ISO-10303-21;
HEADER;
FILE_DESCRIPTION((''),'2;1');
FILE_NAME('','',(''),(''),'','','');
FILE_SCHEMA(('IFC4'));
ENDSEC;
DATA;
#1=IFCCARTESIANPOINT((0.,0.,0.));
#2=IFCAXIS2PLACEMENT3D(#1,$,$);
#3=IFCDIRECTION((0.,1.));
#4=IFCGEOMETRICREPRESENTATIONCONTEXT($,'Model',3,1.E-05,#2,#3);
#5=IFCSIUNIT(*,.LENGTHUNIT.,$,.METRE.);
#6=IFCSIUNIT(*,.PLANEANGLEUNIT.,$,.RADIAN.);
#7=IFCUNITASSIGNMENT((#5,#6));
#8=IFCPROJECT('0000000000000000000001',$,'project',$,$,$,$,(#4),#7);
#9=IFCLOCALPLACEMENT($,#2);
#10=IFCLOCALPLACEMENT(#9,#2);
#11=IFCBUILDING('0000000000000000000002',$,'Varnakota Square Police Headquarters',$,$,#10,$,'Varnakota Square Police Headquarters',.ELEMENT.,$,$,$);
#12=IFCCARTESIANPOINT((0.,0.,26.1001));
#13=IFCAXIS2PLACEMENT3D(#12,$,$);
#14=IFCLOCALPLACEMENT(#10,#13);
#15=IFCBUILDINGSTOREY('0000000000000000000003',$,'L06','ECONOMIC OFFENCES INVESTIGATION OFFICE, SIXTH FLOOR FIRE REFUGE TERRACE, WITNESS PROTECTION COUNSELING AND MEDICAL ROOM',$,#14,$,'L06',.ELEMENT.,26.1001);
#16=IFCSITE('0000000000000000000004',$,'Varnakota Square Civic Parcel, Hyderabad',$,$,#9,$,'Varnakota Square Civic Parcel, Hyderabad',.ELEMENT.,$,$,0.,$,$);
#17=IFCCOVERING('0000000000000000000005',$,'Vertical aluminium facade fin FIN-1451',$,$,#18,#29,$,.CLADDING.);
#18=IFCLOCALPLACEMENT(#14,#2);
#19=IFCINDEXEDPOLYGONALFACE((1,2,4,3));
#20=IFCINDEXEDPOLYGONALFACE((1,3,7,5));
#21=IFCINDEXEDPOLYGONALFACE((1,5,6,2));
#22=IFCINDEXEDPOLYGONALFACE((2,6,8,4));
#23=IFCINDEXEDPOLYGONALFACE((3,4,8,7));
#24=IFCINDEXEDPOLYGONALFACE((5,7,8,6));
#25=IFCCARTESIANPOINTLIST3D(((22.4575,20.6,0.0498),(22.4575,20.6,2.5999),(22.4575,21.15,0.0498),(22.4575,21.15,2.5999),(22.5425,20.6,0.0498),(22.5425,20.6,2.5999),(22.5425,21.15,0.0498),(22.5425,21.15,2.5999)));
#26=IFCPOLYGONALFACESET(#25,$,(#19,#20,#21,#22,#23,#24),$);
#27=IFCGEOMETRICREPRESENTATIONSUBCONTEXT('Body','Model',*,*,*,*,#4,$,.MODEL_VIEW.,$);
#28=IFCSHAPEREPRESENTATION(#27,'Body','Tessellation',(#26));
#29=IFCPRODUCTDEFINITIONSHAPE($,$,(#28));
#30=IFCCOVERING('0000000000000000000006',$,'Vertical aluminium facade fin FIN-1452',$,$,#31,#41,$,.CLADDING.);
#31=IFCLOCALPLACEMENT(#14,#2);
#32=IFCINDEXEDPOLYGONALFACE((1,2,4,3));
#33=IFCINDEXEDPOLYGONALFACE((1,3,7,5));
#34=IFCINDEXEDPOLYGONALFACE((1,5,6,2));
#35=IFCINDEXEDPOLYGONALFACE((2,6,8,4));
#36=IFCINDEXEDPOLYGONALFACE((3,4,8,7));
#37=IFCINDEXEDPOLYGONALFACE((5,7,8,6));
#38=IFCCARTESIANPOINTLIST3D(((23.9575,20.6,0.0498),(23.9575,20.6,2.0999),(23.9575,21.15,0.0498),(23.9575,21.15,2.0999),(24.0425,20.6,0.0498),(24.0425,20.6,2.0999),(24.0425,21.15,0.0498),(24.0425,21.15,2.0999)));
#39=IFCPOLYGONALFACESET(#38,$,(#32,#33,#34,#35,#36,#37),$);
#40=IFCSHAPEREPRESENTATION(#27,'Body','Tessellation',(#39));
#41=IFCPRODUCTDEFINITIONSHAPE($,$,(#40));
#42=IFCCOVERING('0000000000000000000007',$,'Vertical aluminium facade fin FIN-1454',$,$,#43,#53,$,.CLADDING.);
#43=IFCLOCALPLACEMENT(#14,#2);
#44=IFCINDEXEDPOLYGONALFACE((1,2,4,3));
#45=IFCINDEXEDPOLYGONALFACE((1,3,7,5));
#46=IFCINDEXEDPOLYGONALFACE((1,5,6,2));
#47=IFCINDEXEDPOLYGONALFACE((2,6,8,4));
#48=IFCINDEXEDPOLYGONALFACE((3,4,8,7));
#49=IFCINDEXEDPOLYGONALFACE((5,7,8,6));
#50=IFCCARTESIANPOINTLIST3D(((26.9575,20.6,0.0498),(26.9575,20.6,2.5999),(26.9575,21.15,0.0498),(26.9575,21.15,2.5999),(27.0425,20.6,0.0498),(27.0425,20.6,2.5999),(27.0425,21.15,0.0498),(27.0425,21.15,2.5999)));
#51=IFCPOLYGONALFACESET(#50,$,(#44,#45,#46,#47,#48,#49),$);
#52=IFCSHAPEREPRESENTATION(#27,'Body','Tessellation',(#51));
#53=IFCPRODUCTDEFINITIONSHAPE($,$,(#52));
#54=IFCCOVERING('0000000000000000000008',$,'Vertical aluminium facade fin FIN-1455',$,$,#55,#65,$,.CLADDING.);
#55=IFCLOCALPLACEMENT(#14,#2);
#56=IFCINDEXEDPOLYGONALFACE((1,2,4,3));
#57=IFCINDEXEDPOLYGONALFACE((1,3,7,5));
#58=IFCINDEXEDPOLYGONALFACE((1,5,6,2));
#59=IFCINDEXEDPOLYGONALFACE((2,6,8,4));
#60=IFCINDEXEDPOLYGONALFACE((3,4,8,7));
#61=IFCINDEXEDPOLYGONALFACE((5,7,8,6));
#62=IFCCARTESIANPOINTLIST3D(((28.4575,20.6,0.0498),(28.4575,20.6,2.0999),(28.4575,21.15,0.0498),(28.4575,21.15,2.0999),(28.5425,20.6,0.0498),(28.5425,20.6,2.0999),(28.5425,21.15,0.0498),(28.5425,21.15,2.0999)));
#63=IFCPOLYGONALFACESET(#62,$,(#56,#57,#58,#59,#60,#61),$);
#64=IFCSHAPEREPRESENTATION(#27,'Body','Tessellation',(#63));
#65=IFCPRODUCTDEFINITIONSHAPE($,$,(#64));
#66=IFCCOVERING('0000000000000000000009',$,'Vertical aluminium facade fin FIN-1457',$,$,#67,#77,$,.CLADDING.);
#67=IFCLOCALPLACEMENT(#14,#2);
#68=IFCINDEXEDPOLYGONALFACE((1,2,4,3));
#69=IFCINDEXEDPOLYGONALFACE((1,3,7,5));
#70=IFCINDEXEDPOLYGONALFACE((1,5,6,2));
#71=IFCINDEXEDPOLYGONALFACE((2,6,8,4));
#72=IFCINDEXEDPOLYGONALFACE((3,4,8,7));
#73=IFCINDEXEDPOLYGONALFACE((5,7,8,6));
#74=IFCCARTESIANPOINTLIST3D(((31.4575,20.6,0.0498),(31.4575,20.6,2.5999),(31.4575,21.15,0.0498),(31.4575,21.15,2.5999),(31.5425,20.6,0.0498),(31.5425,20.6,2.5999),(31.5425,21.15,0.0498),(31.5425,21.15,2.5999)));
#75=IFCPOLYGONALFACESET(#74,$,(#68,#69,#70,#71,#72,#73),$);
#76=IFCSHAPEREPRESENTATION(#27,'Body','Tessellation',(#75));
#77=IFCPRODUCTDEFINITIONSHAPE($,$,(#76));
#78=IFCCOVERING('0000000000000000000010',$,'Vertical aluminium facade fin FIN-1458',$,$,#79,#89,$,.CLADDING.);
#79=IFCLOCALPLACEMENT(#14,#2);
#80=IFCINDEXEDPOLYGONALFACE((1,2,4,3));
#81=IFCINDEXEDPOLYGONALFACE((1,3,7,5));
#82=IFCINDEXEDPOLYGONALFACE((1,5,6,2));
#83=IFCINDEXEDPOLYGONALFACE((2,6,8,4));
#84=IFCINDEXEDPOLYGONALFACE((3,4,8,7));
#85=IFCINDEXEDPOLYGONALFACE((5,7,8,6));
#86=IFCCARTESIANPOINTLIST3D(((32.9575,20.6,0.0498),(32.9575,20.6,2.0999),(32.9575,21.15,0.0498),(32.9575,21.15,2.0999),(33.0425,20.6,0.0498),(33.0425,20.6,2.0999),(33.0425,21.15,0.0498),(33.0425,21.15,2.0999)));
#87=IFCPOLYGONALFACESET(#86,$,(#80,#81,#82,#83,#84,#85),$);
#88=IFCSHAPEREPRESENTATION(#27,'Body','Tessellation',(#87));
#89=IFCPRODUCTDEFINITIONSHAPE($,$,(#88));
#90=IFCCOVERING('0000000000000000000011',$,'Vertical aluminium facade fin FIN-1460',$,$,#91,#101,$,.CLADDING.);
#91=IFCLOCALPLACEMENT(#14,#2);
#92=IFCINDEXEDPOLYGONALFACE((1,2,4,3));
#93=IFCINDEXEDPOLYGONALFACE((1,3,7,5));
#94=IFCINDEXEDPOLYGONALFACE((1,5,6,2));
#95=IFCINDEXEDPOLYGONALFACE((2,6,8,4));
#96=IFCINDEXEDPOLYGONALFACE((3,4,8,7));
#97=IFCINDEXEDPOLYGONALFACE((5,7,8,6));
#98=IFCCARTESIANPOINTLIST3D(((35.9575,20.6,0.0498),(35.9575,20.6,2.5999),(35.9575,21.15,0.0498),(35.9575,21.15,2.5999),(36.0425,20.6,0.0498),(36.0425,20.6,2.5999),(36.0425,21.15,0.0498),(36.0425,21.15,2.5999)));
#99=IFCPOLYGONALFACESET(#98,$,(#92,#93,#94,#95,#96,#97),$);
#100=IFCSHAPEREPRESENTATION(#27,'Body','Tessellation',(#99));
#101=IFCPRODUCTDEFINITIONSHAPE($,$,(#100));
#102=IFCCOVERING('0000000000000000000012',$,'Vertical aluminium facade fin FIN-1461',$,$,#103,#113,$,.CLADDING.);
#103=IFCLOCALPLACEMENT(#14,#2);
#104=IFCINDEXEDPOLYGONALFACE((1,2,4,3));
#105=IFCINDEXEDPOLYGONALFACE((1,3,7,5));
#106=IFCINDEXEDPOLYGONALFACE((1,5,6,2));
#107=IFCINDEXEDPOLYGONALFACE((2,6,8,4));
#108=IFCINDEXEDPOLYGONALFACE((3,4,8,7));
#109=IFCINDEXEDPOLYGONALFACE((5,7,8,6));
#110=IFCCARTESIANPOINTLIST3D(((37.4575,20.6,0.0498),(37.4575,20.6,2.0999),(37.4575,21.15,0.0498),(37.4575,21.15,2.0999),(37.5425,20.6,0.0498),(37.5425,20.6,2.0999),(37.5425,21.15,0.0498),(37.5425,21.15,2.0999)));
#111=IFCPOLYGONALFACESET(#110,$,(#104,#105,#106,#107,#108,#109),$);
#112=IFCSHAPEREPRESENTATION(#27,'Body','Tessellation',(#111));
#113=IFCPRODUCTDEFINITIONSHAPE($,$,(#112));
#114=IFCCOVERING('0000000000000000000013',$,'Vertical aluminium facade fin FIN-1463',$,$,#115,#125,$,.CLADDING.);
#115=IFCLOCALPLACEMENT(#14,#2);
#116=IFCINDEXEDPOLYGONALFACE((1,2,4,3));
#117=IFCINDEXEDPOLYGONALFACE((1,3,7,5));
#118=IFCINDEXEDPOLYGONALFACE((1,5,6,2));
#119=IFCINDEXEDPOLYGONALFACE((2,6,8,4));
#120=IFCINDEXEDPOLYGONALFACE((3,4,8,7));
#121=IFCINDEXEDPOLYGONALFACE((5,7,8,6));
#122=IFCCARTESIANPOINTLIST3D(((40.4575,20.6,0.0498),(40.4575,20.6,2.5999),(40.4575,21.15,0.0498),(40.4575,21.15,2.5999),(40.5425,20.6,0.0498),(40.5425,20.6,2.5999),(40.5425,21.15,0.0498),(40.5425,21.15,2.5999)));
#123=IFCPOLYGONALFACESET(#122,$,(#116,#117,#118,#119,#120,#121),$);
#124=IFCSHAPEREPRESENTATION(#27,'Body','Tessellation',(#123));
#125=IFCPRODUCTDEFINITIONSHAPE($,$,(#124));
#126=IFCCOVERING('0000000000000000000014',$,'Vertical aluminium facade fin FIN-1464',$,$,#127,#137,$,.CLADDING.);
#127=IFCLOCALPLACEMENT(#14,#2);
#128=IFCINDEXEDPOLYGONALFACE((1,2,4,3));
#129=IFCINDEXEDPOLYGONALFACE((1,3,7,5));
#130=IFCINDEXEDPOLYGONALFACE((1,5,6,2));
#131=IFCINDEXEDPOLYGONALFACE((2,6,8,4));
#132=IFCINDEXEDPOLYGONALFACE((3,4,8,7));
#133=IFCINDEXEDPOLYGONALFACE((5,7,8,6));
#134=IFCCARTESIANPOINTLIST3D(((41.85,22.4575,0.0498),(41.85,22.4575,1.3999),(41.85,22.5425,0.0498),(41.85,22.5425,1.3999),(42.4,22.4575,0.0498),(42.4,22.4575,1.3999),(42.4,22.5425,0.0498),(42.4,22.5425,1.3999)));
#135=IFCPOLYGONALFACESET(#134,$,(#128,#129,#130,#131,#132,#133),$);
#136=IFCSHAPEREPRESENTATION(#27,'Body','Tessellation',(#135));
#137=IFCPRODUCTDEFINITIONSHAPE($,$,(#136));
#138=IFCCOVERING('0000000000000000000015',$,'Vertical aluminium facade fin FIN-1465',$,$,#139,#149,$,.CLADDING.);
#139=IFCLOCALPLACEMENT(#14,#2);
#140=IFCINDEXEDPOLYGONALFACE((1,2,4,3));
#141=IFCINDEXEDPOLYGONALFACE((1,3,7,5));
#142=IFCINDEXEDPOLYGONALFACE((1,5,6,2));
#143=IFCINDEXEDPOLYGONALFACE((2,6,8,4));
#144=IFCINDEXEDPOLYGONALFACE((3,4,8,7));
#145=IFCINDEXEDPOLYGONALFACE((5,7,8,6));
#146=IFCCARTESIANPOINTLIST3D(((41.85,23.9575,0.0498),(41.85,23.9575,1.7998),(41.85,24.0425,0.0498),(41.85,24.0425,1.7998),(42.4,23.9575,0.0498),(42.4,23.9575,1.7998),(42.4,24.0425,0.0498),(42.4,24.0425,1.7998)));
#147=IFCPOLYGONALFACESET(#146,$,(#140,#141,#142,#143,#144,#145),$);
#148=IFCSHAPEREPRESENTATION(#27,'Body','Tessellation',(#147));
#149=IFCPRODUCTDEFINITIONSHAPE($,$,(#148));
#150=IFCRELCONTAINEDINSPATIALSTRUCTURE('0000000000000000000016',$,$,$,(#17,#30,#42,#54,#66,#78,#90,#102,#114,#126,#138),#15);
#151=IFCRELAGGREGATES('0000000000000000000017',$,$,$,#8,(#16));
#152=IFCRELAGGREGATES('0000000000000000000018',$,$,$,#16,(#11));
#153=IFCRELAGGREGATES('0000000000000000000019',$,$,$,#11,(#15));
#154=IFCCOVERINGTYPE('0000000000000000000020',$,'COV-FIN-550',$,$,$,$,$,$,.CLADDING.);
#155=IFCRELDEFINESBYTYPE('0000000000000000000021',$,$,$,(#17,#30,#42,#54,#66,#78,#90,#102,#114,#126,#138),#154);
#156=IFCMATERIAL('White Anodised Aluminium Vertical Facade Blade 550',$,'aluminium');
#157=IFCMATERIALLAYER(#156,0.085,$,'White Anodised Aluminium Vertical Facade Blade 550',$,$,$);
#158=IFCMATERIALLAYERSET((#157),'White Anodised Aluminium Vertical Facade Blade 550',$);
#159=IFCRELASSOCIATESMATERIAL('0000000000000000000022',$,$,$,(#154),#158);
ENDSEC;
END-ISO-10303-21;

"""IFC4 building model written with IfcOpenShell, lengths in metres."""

from ifc_helpers import new_model, si_unit, direction, frame, origin, origin_2d, place, context, subcontext, project, spatial, rectangle, extrude, material, layer, layer_set, type_object, element, save


model = new_model("IFC4")

# Units and contexts
model_context = context("Model", 3, precision=1e-05, world=origin(), true_north=direction((0.0, 1.0)))
body_context = subcontext(model_context, "Body", "Model", "MODEL_VIEW")
ifc_project = project(units=[si_unit("LENGTHUNIT", "METRE"), si_unit("PLANEANGLEUNIT", "RADIAN")], contexts=[model_context])

# Site, building, storey
site_placement = place(None, origin())
site = spatial("IfcSite", under=ifc_project, at=site_placement, Name="Varnakota Square Civic Parcel, Hyderabad", LongName="Varnakota Square Civic Parcel, Hyderabad", CompositionType="ELEMENT", RefElevation=0.0)
building_placement = place(site_placement, origin())
building = spatial("IfcBuilding", under=site, at=building_placement, Name="Varnakota Square Police Headquarters", LongName="Varnakota Square Police Headquarters", CompositionType="ELEMENT")
storey_placement = place(building_placement, frame((0.0, 0.0, 26.1001)))
storey = spatial("IfcBuildingStorey", under=building, at=storey_placement, Name="L06", Description="ECONOMIC OFFENCES INVESTIGATION OFFICE, SIXTH FLOOR FIRE REFUGE TERRACE, WITNESS PROTECTION COUNSELING AND MEDICAL ROOM", LongName="L06", CompositionType="ELEMENT", Elevation=26.1001)

# Coverings
ifc_material_1 = material(Name="White Anodised Aluminium Vertical Facade Blade 550", Category="aluminium")
ifc_layer_1 = layer(ifc_material_1, 0.085, Name="White Anodised Aluminium Vertical Facade Blade 550")
ifc_layer_set_1 = layer_set([ifc_layer_1], Name="White Anodised Aluminium Vertical Facade Blade 550")
covering_type_1 = type_object("IfcCoveringType", Name="COV-FIN-550", PredefinedType="CLADDING", material=ifc_layer_set_1)
covering_1_placement = place(storey_placement, frame((22.5, 20.875, 0.0498), z_axis=(0.0, 0.0, 1.0), x_axis=(1.0, 0.0, 0.0)))
element("IfcCovering", 1, at=covering_1_placement, inside=storey, type_object=covering_type_1, Name="Vertical aluminium facade fin FIN-1451", PredefinedType="CLADDING", context=body_context, shape_type="SweptSolid", body=[
    extrude(rectangle(XDim=0.085, YDim=0.55, at=origin_2d()), origin(), (0.0, 0.0, 1.0), 2.55),
])
covering_2_placement = place(storey_placement, frame((24.0, 20.875, 0.0498), z_axis=(0.0, 0.0, 1.0), x_axis=(1.0, 0.0, 0.0)))
element("IfcCovering", 2, at=covering_2_placement, inside=storey, type_object=covering_type_1, Name="Vertical aluminium facade fin FIN-1452", PredefinedType="CLADDING", context=body_context, shape_type="SweptSolid", body=[
    extrude(rectangle(XDim=0.085, YDim=0.55, at=origin_2d()), origin(), (0.0, 0.0, 1.0), 2.05),
])
covering_3_placement = place(storey_placement, frame((27.0, 20.875, 0.0498), z_axis=(0.0, 0.0, 1.0), x_axis=(1.0, 0.0, 0.0)))
element("IfcCovering", 3, at=covering_3_placement, inside=storey, type_object=covering_type_1, Name="Vertical aluminium facade fin FIN-1454", PredefinedType="CLADDING", context=body_context, shape_type="SweptSolid", body=[
    extrude(rectangle(XDim=0.085, YDim=0.55, at=origin_2d()), origin(), (0.0, 0.0, 1.0), 2.55),
])
covering_4_placement = place(storey_placement, frame((28.5, 20.875, 0.0498), z_axis=(0.0, 0.0, 1.0), x_axis=(1.0, 0.0, 0.0)))
element("IfcCovering", 4, at=covering_4_placement, inside=storey, type_object=covering_type_1, Name="Vertical aluminium facade fin FIN-1455", PredefinedType="CLADDING", context=body_context, shape_type="SweptSolid", body=[
    extrude(rectangle(XDim=0.085, YDim=0.55, at=origin_2d()), origin(), (0.0, 0.0, 1.0), 2.05),
])
covering_5_placement = place(storey_placement, frame((31.5, 20.875, 0.0498), z_axis=(0.0, 0.0, 1.0), x_axis=(1.0, 0.0, 0.0)))
element("IfcCovering", 5, at=covering_5_placement, inside=storey, type_object=covering_type_1, Name="Vertical aluminium facade fin FIN-1457", PredefinedType="CLADDING", context=body_context, shape_type="SweptSolid", body=[
    extrude(rectangle(XDim=0.085, YDim=0.55, at=origin_2d()), origin(), (0.0, 0.0, 1.0), 2.55),
])
covering_6_placement = place(storey_placement, frame((33.0, 20.875, 0.0498), z_axis=(0.0, 0.0, 1.0), x_axis=(1.0, 0.0, 0.0)))
element("IfcCovering", 6, at=covering_6_placement, inside=storey, type_object=covering_type_1, Name="Vertical aluminium facade fin FIN-1458", PredefinedType="CLADDING", context=body_context, shape_type="SweptSolid", body=[
    extrude(rectangle(XDim=0.085, YDim=0.55, at=origin_2d()), origin(), (0.0, 0.0, 1.0), 2.05),
])
covering_7_placement = place(storey_placement, frame((36.0, 20.875, 0.0498), z_axis=(0.0, 0.0, 1.0), x_axis=(1.0, 0.0, 0.0)))
element("IfcCovering", 7, at=covering_7_placement, inside=storey, type_object=covering_type_1, Name="Vertical aluminium facade fin FIN-1460", PredefinedType="CLADDING", context=body_context, shape_type="SweptSolid", body=[
    extrude(rectangle(XDim=0.085, YDim=0.55, at=origin_2d()), origin(), (0.0, 0.0, 1.0), 2.55),
])
covering_8_placement = place(storey_placement, frame((37.5, 20.875, 0.0498), z_axis=(0.0, 0.0, 1.0), x_axis=(1.0, 0.0, 0.0)))
element("IfcCovering", 8, at=covering_8_placement, inside=storey, type_object=covering_type_1, Name="Vertical aluminium facade fin FIN-1461", PredefinedType="CLADDING", context=body_context, shape_type="SweptSolid", body=[
    extrude(rectangle(XDim=0.085, YDim=0.55, at=origin_2d()), origin(), (0.0, 0.0, 1.0), 2.05),
])
covering_9_placement = place(storey_placement, frame((40.5, 20.875, 0.0498), z_axis=(0.0, 0.0, 1.0), x_axis=(1.0, 0.0, 0.0)))
element("IfcCovering", 9, at=covering_9_placement, inside=storey, type_object=covering_type_1, Name="Vertical aluminium facade fin FIN-1463", PredefinedType="CLADDING", context=body_context, shape_type="SweptSolid", body=[
    extrude(rectangle(XDim=0.085, YDim=0.55, at=origin_2d()), origin(), (0.0, 0.0, 1.0), 2.55),
])
covering_10_placement = place(storey_placement, frame((42.125, 22.5, 0.0498), z_axis=(0.0, 0.0, 1.0), x_axis=(0.0, 1.0, 0.0)))
element("IfcCovering", 10, at=covering_10_placement, inside=storey, type_object=covering_type_1, Name="Vertical aluminium facade fin FIN-1464", PredefinedType="CLADDING", context=body_context, shape_type="SweptSolid", body=[
    extrude(rectangle(XDim=0.085, YDim=0.55, at=origin_2d()), origin(), (0.0, 0.0, 1.0), 1.3501),
])
covering_11_placement = place(storey_placement, frame((42.125, 24.0, 0.0498), z_axis=(0.0, 0.0, 1.0), x_axis=(0.0, 1.0, 0.0)))
element("IfcCovering", 11, at=covering_11_placement, inside=storey, type_object=covering_type_1, Name="Vertical aluminium facade fin FIN-1465", PredefinedType="CLADDING", context=body_context, shape_type="SweptSolid", body=[
    extrude(rectangle(XDim=0.085, YDim=0.55, at=origin_2d()), origin(), (0.0, 0.0, 1.0), 1.75),
])

save(model, "model.ifc")
